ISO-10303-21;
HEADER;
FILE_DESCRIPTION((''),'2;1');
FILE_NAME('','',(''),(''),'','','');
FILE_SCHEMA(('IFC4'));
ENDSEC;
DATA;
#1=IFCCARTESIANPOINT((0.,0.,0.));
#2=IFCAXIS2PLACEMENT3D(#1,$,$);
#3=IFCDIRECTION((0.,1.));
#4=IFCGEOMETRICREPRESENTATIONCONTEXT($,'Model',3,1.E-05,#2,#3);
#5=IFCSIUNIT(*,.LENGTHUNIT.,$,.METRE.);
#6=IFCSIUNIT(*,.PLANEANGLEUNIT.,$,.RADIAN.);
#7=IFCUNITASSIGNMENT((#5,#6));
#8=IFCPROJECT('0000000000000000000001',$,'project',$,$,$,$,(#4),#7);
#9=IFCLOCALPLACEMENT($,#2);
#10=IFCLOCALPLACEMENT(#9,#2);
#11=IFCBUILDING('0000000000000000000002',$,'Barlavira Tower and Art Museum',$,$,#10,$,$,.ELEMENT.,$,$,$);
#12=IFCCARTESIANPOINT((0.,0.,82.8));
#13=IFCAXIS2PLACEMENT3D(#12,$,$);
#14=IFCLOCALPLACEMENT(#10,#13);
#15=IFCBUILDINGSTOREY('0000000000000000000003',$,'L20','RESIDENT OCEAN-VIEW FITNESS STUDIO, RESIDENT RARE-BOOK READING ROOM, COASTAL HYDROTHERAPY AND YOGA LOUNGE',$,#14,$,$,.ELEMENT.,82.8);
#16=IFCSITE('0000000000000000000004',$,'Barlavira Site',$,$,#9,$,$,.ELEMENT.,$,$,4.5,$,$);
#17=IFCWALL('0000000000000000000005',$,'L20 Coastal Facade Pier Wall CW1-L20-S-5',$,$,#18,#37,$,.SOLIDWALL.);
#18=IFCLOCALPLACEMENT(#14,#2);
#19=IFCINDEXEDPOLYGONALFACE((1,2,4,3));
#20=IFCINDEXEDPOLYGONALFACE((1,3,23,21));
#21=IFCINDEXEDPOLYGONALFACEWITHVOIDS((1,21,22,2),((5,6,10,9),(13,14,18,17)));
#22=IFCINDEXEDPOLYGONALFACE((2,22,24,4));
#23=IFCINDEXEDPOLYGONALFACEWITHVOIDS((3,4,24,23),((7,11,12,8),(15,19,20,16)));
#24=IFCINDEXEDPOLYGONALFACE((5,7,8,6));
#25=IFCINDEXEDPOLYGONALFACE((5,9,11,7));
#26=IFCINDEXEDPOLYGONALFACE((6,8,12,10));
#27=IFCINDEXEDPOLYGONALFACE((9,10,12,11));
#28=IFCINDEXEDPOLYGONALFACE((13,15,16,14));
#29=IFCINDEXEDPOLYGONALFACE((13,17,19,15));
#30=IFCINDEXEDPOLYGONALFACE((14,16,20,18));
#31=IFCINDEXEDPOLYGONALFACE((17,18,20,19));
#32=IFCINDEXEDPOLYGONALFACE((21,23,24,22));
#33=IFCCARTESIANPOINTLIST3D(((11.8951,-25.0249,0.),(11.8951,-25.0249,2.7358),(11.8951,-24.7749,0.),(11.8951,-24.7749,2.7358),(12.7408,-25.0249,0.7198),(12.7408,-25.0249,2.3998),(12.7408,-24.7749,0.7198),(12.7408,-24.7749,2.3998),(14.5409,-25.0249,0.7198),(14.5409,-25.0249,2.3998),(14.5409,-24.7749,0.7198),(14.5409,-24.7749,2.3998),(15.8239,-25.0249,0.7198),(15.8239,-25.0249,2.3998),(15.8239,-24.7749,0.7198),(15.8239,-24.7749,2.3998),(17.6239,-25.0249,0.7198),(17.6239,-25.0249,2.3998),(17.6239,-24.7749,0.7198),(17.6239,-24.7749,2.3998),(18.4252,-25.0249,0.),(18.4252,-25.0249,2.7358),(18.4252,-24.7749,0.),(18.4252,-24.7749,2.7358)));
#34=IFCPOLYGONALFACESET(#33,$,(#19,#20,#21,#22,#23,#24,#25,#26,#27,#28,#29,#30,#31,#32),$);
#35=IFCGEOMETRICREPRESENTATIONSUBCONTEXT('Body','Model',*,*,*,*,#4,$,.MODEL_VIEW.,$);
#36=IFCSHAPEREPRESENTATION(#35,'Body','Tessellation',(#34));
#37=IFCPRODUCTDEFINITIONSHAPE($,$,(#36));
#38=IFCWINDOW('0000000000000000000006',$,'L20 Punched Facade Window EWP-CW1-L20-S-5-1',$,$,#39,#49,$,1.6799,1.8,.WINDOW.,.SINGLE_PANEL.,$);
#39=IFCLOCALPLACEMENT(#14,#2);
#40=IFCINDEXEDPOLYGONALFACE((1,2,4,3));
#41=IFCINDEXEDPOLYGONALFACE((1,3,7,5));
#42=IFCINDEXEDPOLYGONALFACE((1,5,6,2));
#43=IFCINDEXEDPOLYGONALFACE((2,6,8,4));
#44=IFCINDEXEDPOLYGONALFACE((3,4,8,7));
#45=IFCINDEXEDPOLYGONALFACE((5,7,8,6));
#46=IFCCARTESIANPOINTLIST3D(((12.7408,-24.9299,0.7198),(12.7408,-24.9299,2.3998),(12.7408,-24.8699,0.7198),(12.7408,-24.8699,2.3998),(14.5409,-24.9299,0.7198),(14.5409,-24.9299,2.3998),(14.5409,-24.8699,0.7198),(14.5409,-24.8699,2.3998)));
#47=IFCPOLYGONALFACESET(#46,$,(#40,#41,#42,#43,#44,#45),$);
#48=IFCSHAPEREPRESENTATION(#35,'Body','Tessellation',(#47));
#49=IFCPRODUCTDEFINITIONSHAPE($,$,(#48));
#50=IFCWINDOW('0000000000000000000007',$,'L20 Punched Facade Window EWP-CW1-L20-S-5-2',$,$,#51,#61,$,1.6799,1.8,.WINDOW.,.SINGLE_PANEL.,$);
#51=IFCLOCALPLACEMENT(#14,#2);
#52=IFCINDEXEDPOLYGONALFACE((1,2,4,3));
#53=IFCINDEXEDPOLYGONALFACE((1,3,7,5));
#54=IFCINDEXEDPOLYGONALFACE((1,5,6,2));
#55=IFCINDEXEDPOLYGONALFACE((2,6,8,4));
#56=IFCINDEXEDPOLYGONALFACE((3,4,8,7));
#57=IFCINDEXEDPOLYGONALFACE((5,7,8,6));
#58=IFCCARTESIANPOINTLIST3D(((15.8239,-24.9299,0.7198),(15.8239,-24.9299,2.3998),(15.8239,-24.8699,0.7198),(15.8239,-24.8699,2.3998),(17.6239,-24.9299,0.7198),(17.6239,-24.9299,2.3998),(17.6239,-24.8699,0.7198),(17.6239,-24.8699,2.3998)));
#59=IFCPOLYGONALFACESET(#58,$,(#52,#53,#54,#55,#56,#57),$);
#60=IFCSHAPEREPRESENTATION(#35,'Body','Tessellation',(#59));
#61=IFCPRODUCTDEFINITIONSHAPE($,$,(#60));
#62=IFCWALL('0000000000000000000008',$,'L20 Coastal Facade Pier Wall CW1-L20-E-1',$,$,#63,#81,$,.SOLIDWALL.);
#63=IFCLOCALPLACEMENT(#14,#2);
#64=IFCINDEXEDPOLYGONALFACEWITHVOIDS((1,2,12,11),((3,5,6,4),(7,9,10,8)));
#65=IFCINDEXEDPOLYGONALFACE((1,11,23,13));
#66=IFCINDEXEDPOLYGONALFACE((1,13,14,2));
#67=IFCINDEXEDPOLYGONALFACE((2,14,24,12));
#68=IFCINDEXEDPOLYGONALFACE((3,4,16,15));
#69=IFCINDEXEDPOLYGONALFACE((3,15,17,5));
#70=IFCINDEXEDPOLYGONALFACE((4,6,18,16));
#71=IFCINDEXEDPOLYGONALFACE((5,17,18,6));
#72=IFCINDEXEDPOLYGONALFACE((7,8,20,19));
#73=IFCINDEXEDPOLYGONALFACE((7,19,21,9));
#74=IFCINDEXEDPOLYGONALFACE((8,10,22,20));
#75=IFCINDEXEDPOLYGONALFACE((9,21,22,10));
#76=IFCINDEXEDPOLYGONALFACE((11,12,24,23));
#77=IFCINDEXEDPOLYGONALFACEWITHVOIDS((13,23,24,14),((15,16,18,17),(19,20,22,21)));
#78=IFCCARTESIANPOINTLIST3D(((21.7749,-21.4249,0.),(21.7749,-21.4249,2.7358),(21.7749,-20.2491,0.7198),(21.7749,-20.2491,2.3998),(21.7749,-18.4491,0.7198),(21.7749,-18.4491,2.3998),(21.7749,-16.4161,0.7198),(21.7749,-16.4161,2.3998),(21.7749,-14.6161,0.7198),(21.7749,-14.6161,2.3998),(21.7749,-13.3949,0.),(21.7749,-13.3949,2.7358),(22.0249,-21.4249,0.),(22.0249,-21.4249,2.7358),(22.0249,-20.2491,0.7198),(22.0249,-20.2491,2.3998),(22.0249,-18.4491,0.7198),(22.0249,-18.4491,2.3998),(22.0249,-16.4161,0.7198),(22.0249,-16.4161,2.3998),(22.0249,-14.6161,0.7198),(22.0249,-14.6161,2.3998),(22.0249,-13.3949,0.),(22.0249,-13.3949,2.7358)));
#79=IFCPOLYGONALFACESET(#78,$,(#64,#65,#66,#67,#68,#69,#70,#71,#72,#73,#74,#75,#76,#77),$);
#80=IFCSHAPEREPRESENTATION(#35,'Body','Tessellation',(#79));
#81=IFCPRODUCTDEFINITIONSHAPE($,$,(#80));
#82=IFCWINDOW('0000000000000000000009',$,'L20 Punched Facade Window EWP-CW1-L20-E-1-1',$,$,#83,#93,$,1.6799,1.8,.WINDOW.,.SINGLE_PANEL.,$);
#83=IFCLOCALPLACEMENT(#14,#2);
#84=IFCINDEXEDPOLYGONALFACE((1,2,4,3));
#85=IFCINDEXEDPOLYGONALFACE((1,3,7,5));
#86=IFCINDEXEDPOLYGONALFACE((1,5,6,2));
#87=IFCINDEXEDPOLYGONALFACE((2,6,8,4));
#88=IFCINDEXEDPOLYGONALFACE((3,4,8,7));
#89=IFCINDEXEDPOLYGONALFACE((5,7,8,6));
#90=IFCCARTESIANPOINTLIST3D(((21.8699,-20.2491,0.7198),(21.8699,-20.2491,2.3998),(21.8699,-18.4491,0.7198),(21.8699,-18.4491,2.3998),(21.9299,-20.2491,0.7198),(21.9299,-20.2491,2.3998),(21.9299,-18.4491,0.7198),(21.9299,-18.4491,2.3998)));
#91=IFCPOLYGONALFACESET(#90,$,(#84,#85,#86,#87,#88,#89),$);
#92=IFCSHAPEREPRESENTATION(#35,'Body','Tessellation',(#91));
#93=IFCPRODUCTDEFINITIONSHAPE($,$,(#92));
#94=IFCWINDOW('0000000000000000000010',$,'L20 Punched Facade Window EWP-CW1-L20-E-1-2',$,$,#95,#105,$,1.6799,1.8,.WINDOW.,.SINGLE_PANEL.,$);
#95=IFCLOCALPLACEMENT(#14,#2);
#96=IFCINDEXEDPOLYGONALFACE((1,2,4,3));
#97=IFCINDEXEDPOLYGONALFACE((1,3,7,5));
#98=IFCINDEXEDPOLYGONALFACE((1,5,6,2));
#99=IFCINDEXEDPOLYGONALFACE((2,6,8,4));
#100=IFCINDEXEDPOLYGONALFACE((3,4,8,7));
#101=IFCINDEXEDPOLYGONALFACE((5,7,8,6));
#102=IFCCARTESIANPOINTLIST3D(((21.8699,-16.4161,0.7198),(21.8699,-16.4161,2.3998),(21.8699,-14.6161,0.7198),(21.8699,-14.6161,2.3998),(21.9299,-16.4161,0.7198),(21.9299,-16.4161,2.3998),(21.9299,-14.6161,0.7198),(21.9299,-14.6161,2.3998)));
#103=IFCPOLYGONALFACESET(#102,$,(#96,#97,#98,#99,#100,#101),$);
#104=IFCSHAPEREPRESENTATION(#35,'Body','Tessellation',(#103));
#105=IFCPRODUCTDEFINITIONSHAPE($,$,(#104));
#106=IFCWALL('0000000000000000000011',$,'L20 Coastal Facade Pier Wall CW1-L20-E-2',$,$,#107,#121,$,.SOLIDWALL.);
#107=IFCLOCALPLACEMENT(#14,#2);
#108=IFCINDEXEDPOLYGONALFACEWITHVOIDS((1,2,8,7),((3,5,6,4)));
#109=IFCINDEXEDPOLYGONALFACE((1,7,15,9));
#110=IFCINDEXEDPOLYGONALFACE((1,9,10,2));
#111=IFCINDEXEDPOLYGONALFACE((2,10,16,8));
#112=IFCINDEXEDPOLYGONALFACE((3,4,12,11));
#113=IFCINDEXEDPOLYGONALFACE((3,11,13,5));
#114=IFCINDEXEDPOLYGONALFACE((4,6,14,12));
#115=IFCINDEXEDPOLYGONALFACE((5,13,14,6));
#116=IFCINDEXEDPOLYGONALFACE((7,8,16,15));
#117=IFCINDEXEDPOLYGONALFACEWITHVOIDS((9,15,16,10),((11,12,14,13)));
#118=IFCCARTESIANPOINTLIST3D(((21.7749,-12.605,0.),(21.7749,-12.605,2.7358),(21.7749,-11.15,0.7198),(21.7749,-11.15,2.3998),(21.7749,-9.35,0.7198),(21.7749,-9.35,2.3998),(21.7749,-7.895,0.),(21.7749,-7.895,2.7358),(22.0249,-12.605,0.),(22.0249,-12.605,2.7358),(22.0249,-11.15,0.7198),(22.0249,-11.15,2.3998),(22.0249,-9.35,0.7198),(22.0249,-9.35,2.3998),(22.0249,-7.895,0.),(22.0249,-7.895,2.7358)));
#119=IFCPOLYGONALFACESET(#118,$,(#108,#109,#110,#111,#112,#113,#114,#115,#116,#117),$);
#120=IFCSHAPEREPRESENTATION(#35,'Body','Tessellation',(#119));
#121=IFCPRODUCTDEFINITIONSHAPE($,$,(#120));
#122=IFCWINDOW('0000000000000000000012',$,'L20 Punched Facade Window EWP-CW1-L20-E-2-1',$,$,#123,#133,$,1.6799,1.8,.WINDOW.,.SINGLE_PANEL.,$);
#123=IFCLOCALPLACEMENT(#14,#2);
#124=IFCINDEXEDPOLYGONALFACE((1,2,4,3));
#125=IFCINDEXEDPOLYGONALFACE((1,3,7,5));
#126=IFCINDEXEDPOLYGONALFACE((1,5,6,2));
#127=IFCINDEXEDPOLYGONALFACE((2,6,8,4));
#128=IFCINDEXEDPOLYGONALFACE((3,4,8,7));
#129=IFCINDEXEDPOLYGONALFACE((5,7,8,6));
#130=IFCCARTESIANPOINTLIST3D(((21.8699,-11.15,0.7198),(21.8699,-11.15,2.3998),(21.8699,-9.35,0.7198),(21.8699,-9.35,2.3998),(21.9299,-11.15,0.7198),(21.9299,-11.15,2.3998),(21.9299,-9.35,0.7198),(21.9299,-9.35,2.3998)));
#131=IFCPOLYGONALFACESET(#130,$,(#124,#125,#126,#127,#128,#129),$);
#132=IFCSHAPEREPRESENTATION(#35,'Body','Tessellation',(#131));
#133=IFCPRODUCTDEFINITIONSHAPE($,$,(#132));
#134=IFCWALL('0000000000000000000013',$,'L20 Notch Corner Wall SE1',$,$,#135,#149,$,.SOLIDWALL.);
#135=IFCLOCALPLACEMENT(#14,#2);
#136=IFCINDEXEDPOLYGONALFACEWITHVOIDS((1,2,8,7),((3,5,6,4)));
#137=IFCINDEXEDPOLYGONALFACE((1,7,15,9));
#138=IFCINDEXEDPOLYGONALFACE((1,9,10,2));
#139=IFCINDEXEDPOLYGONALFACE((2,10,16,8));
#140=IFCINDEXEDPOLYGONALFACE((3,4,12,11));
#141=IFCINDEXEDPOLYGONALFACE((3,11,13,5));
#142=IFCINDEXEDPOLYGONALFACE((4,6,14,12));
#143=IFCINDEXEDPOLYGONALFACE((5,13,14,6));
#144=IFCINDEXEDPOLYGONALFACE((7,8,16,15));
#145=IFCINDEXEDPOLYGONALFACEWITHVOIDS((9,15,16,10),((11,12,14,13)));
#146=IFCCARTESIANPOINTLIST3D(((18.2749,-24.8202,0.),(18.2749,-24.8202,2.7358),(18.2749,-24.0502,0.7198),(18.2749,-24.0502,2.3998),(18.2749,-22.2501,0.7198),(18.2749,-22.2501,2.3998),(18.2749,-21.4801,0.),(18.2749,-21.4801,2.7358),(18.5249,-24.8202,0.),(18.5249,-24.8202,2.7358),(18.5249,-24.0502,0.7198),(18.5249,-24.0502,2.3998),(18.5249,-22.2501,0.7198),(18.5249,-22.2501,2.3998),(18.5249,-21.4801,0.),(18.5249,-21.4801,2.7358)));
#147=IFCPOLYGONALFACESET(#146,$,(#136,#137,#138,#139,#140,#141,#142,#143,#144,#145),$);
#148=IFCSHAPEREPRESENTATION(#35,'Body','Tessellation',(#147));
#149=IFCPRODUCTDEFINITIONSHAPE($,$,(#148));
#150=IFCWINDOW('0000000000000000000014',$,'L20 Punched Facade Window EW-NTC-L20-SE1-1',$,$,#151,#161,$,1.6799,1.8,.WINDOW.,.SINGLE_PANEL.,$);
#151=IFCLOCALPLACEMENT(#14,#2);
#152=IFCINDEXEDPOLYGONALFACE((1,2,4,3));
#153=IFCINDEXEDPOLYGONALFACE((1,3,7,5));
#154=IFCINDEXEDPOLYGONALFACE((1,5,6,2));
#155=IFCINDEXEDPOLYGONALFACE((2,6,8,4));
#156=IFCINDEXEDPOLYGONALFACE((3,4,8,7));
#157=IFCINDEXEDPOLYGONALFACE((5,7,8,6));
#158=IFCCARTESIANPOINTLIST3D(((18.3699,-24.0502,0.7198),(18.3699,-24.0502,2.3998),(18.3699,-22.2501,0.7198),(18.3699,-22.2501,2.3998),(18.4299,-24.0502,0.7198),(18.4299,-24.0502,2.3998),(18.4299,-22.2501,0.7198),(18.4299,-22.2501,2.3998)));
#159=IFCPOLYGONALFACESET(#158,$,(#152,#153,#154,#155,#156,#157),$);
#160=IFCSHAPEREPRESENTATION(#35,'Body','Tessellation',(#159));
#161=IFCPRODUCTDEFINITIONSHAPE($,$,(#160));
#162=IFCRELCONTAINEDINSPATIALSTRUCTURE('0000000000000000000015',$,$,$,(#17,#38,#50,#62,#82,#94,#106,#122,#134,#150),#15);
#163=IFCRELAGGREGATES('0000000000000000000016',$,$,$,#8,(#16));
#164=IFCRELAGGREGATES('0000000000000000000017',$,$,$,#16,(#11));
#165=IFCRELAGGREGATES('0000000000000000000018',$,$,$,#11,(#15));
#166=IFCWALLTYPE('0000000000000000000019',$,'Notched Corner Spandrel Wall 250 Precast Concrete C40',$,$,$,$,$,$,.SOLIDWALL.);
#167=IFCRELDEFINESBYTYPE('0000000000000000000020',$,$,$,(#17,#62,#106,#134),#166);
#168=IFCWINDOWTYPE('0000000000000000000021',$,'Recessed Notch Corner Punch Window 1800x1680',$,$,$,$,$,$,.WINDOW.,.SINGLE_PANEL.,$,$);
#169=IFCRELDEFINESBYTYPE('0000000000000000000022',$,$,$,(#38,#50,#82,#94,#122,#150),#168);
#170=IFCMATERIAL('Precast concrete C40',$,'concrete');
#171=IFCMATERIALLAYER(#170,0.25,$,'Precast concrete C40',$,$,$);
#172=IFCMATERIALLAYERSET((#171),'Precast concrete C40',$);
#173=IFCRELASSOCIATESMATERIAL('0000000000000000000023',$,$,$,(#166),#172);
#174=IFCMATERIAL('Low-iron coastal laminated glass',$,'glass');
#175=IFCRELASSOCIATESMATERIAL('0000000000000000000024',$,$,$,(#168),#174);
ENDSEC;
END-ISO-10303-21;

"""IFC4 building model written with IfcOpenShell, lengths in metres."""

from ifc_helpers import new_model, si_unit, direction, frame, frame_2d, origin, place, context, subcontext, project, spatial, rectangle, extrude, material, layer, layer_set, type_object, element, fill, save


model = new_model("IFC4")

# Units and contexts
model_context = context("Model", 3, precision=1e-05, world=origin(), true_north=direction((0.0, 1.0)))
body_context = subcontext(model_context, "Body", "Model", "MODEL_VIEW")
ifc_project = project(units=[si_unit("LENGTHUNIT", "METRE"), si_unit("PLANEANGLEUNIT", "RADIAN")], contexts=[model_context])

# Site, building, storey
site_placement = place(None, origin())
site = spatial("IfcSite", under=ifc_project, at=site_placement, Name="Barlavira Site", CompositionType="ELEMENT", RefElevation=4.5)
building_placement = place(site_placement, origin())
building = spatial("IfcBuilding", under=site, at=building_placement, Name="Barlavira Tower and Art Museum", CompositionType="ELEMENT")
storey_placement = place(building_placement, frame((0.0, 0.0, 82.8)))
storey = spatial("IfcBuildingStorey", under=building, at=storey_placement, Name="L20", Description="RESIDENT OCEAN-VIEW FITNESS STUDIO, RESIDENT RARE-BOOK READING ROOM, COASTAL HYDROTHERAPY AND YOGA LOUNGE", CompositionType="ELEMENT", Elevation=82.8)

# Walls, openings, windows
ifc_material_1 = material(Name="Precast concrete C40", Category="concrete")
ifc_layer_1 = layer(ifc_material_1, 0.25, Name="Precast concrete C40")
ifc_layer_set_1 = layer_set([ifc_layer_1], Name="Precast concrete C40")
wall_type_1 = type_object("IfcWallType", Name="Notched Corner Spandrel Wall 250 Precast Concrete C40", PredefinedType="SOLIDWALL", material=ifc_layer_set_1)
wall_1_placement = place(storey_placement, frame((11.895, -24.8999, 0.0), z_axis=(0.0, 0.0, 1.0), x_axis=(1.0, 0.0, 0.0)))
wall_1 = element("IfcWall", 1, at=wall_1_placement, inside=storey, type_object=wall_type_1, Name="L20 Coastal Facade Pier Wall CW1-L20-S-5", PredefinedType="SOLIDWALL", context=body_context, shape_type="SweptSolid", body=[
    extrude(rectangle(XDim=6.53, YDim=0.25, at=frame_2d((3.2651, 0.0))), origin(), (0.0, 0.0, 1.0), 2.7358),
])
opening_1_placement = place(wall_1_placement, frame((0.8459, 0.0, 0.72)))
opening_1 = element("IfcOpeningElement", 2, at=opening_1_placement, cuts=wall_1, PredefinedType="OPENING", context=body_context, shape_type="SweptSolid", body=[
    extrude(rectangle(XDim=1.8, YDim=1.6799, at=frame_2d((0.8999, 0.8398))), frame((0.0, 0.135, 0.0), z_axis=(0.0, -1.0, 0.0), x_axis=(1.0, 0.0, 0.0)), (0.0, 0.0, 1.0), 0.27),
])
opening_2_placement = place(wall_1_placement, frame((3.929, 0.0, 0.72)))
opening_2 = element("IfcOpeningElement", 3, at=opening_2_placement, cuts=wall_1, PredefinedType="OPENING", context=body_context, shape_type="SweptSolid", body=[
    extrude(rectangle(XDim=1.8, YDim=1.6799, at=frame_2d((0.8999, 0.8398))), frame((0.0, 0.135, 0.0), z_axis=(0.0, -1.0, 0.0), x_axis=(1.0, 0.0, 0.0)), (0.0, 0.0, 1.0), 0.27),
])
ifc_material_2 = material(Name="Low-iron coastal laminated glass", Category="glass")
window_type = type_object("IfcWindowType", Name="Recessed Notch Corner Punch Window 1800x1680", PartitioningType="SINGLE_PANEL", PredefinedType="WINDOW", material=ifc_material_2)
window_1_placement = place(opening_1_placement, origin())
window_1 = element("IfcWindow", 4, at=window_1_placement, inside=storey, type_object=window_type, Name="L20 Punched Facade Window EWP-CW1-L20-S-5-1", OverallHeight=1.6799, OverallWidth=1.8, PartitioningType="SINGLE_PANEL", PredefinedType="WINDOW", context=body_context, shape_type="SweptSolid", body=[
    extrude(rectangle(XDim=1.8, YDim=1.6799, at=frame_2d((0.8999, 0.8398))), frame((0.0, 0.03, 0.0), z_axis=(0.0, -1.0, 0.0), x_axis=(1.0, 0.0, 0.0)), (0.0, 0.0, 1.0), 0.0601),
])
fill(opening_1, window_1)
window_2_placement = place(opening_2_placement, origin())
window_2 = element("IfcWindow", 5, at=window_2_placement, inside=storey, type_object=window_type, Name="L20 Punched Facade Window EWP-CW1-L20-S-5-2", OverallHeight=1.6799, OverallWidth=1.8, PartitioningType="SINGLE_PANEL", PredefinedType="WINDOW", context=body_context, shape_type="SweptSolid", body=[
    extrude(rectangle(XDim=1.8, YDim=1.6799, at=frame_2d((0.8999, 0.8398))), frame((0.0, 0.03, 0.0), z_axis=(0.0, -1.0, 0.0), x_axis=(1.0, 0.0, 0.0)), (0.0, 0.0, 1.0), 0.0601),
])
fill(opening_2, window_2)
wall_2_placement = place(storey_placement, frame((21.8999, -21.425, 0.0), z_axis=(0.0, 0.0, 1.0), x_axis=(0.0, 1.0, 0.0)))
wall_2 = element("IfcWall", 6, at=wall_2_placement, inside=storey, type_object=wall_type_1, Name="L20 Coastal Facade Pier Wall CW1-L20-E-1", PredefinedType="SOLIDWALL", context=body_context, shape_type="SweptSolid", body=[
    extrude(rectangle(XDim=8.03, YDim=0.25, at=frame_2d((4.0151, 0.0))), origin(), (0.0, 0.0, 1.0), 2.7358),
])
opening_3_placement = place(wall_2_placement, frame((1.176, 0.0, 0.72)))
opening_3 = element("IfcOpeningElement", 7, at=opening_3_placement, cuts=wall_2, PredefinedType="OPENING", context=body_context, shape_type="SweptSolid", body=[
    extrude(rectangle(XDim=1.8, YDim=1.6799, at=frame_2d((0.8999, 0.8398))), frame((0.0, 0.135, 0.0), z_axis=(0.0, -1.0, 0.0), x_axis=(1.0, 0.0, 0.0)), (0.0, 0.0, 1.0), 0.27),
])
opening_4_placement = place(wall_2_placement, frame((5.009, 0.0, 0.72)))
opening_4 = element("IfcOpeningElement", 8, at=opening_4_placement, cuts=wall_2, PredefinedType="OPENING", context=body_context, shape_type="SweptSolid", body=[
    extrude(rectangle(XDim=1.8, YDim=1.6799, at=frame_2d((0.8999, 0.8398))), frame((0.0, 0.135, 0.0), z_axis=(0.0, -1.0, 0.0), x_axis=(1.0, 0.0, 0.0)), (0.0, 0.0, 1.0), 0.27),
])
window_3_placement = place(opening_3_placement, origin())
window_3 = element("IfcWindow", 9, at=window_3_placement, inside=storey, type_object=window_type, Name="L20 Punched Facade Window EWP-CW1-L20-E-1-1", OverallHeight=1.6799, OverallWidth=1.8, PartitioningType="SINGLE_PANEL", PredefinedType="WINDOW", context=body_context, shape_type="SweptSolid", body=[
    extrude(rectangle(XDim=1.8, YDim=1.6799, at=frame_2d((0.8999, 0.8398))), frame((0.0, 0.03, 0.0), z_axis=(0.0, -1.0, 0.0), x_axis=(1.0, 0.0, 0.0)), (0.0, 0.0, 1.0), 0.0601),
])
fill(opening_3, window_3)
window_4_placement = place(opening_4_placement, origin())
window_4 = element("IfcWindow", 10, at=window_4_placement, inside=storey, type_object=window_type, Name="L20 Punched Facade Window EWP-CW1-L20-E-1-2", OverallHeight=1.6799, OverallWidth=1.8, PartitioningType="SINGLE_PANEL", PredefinedType="WINDOW", context=body_context, shape_type="SweptSolid", body=[
    extrude(rectangle(XDim=1.8, YDim=1.6799, at=frame_2d((0.8999, 0.8398))), frame((0.0, 0.03, 0.0), z_axis=(0.0, -1.0, 0.0), x_axis=(1.0, 0.0, 0.0)), (0.0, 0.0, 1.0), 0.0601),
])
fill(opening_4, window_4)

# Walls, openings, windows
wall_3_placement = place(storey_placement, frame((21.8999, -12.605, 0.0), z_axis=(0.0, 0.0, 1.0), x_axis=(0.0, 1.0, 0.0)))
wall_3 = element("IfcWall", 11, at=wall_3_placement, inside=storey, type_object=wall_type_1, Name="L20 Coastal Facade Pier Wall CW1-L20-E-2", PredefinedType="SOLIDWALL", context=body_context, shape_type="SweptSolid", body=[
    extrude(rectangle(XDim=4.71, YDim=0.25, at=frame_2d((2.355, 0.0))), origin(), (0.0, 0.0, 1.0), 2.7358),
])
opening_5_placement = place(wall_3_placement, frame((1.4551, 0.0, 0.72)))
opening_5 = element("IfcOpeningElement", 12, at=opening_5_placement, cuts=wall_3, PredefinedType="OPENING", context=body_context, shape_type="SweptSolid", body=[
    extrude(rectangle(XDim=1.8, YDim=1.6799, at=frame_2d((0.8999, 0.8398))), frame((0.0, 0.135, 0.0), z_axis=(0.0, -1.0, 0.0), x_axis=(1.0, 0.0, 0.0)), (0.0, 0.0, 1.0), 0.27),
])
window_5_placement = place(opening_5_placement, origin())
window_5 = element("IfcWindow", 13, at=window_5_placement, inside=storey, type_object=window_type, Name="L20 Punched Facade Window EWP-CW1-L20-E-2-1", OverallHeight=1.6799, OverallWidth=1.8, PartitioningType="SINGLE_PANEL", PredefinedType="WINDOW", context=body_context, shape_type="SweptSolid", body=[
    extrude(rectangle(XDim=1.8, YDim=1.6799, at=frame_2d((0.8999, 0.8398))), frame((0.0, 0.03, 0.0), z_axis=(0.0, -1.0, 0.0), x_axis=(1.0, 0.0, 0.0)), (0.0, 0.0, 1.0), 0.0601),
])
fill(opening_5, window_5)
wall_4_placement = place(storey_placement, frame((18.3999, -24.8201, 0.0), z_axis=(0.0, 0.0, 1.0), x_axis=(0.0, 1.0, 0.0)))
wall_4 = element("IfcWall", 14, at=wall_4_placement, inside=storey, type_object=wall_type_1, Name="L20 Notch Corner Wall SE1", PredefinedType="SOLIDWALL", context=body_context, shape_type="SweptSolid", body=[
    extrude(rectangle(XDim=3.3401, YDim=0.25, at=frame_2d((1.6699, 0.0))), origin(), (0.0, 0.0, 1.0), 2.7358),
])
opening_6_placement = place(wall_4_placement, frame((0.77, 0.0, 0.72)))
opening_6 = element("IfcOpeningElement", 15, at=opening_6_placement, cuts=wall_4, PredefinedType="OPENING", context=body_context, shape_type="SweptSolid", body=[
    extrude(rectangle(XDim=1.8, YDim=1.6799, at=frame_2d((0.8999, 0.8398))), frame((0.0, 0.135, 0.0), z_axis=(0.0, -1.0, 0.0), x_axis=(1.0, 0.0, 0.0)), (0.0, 0.0, 1.0), 0.27),
])
window_6_placement = place(opening_6_placement, origin())
window_6 = element("IfcWindow", 16, at=window_6_placement, inside=storey, type_object=window_type, Name="L20 Punched Facade Window EW-NTC-L20-SE1-1", OverallHeight=1.6799, OverallWidth=1.8, PartitioningType="SINGLE_PANEL", PredefinedType="WINDOW", context=body_context, shape_type="SweptSolid", body=[
    extrude(rectangle(XDim=1.8, YDim=1.6799, at=frame_2d((0.8999, 0.8398))), frame((0.0, 0.03, 0.0), z_axis=(0.0, -1.0, 0.0), x_axis=(1.0, 0.0, 0.0)), (0.0, 0.0, 1.0), 0.0601),
])
fill(opening_6, window_6)

save(model, "model.ifc")
